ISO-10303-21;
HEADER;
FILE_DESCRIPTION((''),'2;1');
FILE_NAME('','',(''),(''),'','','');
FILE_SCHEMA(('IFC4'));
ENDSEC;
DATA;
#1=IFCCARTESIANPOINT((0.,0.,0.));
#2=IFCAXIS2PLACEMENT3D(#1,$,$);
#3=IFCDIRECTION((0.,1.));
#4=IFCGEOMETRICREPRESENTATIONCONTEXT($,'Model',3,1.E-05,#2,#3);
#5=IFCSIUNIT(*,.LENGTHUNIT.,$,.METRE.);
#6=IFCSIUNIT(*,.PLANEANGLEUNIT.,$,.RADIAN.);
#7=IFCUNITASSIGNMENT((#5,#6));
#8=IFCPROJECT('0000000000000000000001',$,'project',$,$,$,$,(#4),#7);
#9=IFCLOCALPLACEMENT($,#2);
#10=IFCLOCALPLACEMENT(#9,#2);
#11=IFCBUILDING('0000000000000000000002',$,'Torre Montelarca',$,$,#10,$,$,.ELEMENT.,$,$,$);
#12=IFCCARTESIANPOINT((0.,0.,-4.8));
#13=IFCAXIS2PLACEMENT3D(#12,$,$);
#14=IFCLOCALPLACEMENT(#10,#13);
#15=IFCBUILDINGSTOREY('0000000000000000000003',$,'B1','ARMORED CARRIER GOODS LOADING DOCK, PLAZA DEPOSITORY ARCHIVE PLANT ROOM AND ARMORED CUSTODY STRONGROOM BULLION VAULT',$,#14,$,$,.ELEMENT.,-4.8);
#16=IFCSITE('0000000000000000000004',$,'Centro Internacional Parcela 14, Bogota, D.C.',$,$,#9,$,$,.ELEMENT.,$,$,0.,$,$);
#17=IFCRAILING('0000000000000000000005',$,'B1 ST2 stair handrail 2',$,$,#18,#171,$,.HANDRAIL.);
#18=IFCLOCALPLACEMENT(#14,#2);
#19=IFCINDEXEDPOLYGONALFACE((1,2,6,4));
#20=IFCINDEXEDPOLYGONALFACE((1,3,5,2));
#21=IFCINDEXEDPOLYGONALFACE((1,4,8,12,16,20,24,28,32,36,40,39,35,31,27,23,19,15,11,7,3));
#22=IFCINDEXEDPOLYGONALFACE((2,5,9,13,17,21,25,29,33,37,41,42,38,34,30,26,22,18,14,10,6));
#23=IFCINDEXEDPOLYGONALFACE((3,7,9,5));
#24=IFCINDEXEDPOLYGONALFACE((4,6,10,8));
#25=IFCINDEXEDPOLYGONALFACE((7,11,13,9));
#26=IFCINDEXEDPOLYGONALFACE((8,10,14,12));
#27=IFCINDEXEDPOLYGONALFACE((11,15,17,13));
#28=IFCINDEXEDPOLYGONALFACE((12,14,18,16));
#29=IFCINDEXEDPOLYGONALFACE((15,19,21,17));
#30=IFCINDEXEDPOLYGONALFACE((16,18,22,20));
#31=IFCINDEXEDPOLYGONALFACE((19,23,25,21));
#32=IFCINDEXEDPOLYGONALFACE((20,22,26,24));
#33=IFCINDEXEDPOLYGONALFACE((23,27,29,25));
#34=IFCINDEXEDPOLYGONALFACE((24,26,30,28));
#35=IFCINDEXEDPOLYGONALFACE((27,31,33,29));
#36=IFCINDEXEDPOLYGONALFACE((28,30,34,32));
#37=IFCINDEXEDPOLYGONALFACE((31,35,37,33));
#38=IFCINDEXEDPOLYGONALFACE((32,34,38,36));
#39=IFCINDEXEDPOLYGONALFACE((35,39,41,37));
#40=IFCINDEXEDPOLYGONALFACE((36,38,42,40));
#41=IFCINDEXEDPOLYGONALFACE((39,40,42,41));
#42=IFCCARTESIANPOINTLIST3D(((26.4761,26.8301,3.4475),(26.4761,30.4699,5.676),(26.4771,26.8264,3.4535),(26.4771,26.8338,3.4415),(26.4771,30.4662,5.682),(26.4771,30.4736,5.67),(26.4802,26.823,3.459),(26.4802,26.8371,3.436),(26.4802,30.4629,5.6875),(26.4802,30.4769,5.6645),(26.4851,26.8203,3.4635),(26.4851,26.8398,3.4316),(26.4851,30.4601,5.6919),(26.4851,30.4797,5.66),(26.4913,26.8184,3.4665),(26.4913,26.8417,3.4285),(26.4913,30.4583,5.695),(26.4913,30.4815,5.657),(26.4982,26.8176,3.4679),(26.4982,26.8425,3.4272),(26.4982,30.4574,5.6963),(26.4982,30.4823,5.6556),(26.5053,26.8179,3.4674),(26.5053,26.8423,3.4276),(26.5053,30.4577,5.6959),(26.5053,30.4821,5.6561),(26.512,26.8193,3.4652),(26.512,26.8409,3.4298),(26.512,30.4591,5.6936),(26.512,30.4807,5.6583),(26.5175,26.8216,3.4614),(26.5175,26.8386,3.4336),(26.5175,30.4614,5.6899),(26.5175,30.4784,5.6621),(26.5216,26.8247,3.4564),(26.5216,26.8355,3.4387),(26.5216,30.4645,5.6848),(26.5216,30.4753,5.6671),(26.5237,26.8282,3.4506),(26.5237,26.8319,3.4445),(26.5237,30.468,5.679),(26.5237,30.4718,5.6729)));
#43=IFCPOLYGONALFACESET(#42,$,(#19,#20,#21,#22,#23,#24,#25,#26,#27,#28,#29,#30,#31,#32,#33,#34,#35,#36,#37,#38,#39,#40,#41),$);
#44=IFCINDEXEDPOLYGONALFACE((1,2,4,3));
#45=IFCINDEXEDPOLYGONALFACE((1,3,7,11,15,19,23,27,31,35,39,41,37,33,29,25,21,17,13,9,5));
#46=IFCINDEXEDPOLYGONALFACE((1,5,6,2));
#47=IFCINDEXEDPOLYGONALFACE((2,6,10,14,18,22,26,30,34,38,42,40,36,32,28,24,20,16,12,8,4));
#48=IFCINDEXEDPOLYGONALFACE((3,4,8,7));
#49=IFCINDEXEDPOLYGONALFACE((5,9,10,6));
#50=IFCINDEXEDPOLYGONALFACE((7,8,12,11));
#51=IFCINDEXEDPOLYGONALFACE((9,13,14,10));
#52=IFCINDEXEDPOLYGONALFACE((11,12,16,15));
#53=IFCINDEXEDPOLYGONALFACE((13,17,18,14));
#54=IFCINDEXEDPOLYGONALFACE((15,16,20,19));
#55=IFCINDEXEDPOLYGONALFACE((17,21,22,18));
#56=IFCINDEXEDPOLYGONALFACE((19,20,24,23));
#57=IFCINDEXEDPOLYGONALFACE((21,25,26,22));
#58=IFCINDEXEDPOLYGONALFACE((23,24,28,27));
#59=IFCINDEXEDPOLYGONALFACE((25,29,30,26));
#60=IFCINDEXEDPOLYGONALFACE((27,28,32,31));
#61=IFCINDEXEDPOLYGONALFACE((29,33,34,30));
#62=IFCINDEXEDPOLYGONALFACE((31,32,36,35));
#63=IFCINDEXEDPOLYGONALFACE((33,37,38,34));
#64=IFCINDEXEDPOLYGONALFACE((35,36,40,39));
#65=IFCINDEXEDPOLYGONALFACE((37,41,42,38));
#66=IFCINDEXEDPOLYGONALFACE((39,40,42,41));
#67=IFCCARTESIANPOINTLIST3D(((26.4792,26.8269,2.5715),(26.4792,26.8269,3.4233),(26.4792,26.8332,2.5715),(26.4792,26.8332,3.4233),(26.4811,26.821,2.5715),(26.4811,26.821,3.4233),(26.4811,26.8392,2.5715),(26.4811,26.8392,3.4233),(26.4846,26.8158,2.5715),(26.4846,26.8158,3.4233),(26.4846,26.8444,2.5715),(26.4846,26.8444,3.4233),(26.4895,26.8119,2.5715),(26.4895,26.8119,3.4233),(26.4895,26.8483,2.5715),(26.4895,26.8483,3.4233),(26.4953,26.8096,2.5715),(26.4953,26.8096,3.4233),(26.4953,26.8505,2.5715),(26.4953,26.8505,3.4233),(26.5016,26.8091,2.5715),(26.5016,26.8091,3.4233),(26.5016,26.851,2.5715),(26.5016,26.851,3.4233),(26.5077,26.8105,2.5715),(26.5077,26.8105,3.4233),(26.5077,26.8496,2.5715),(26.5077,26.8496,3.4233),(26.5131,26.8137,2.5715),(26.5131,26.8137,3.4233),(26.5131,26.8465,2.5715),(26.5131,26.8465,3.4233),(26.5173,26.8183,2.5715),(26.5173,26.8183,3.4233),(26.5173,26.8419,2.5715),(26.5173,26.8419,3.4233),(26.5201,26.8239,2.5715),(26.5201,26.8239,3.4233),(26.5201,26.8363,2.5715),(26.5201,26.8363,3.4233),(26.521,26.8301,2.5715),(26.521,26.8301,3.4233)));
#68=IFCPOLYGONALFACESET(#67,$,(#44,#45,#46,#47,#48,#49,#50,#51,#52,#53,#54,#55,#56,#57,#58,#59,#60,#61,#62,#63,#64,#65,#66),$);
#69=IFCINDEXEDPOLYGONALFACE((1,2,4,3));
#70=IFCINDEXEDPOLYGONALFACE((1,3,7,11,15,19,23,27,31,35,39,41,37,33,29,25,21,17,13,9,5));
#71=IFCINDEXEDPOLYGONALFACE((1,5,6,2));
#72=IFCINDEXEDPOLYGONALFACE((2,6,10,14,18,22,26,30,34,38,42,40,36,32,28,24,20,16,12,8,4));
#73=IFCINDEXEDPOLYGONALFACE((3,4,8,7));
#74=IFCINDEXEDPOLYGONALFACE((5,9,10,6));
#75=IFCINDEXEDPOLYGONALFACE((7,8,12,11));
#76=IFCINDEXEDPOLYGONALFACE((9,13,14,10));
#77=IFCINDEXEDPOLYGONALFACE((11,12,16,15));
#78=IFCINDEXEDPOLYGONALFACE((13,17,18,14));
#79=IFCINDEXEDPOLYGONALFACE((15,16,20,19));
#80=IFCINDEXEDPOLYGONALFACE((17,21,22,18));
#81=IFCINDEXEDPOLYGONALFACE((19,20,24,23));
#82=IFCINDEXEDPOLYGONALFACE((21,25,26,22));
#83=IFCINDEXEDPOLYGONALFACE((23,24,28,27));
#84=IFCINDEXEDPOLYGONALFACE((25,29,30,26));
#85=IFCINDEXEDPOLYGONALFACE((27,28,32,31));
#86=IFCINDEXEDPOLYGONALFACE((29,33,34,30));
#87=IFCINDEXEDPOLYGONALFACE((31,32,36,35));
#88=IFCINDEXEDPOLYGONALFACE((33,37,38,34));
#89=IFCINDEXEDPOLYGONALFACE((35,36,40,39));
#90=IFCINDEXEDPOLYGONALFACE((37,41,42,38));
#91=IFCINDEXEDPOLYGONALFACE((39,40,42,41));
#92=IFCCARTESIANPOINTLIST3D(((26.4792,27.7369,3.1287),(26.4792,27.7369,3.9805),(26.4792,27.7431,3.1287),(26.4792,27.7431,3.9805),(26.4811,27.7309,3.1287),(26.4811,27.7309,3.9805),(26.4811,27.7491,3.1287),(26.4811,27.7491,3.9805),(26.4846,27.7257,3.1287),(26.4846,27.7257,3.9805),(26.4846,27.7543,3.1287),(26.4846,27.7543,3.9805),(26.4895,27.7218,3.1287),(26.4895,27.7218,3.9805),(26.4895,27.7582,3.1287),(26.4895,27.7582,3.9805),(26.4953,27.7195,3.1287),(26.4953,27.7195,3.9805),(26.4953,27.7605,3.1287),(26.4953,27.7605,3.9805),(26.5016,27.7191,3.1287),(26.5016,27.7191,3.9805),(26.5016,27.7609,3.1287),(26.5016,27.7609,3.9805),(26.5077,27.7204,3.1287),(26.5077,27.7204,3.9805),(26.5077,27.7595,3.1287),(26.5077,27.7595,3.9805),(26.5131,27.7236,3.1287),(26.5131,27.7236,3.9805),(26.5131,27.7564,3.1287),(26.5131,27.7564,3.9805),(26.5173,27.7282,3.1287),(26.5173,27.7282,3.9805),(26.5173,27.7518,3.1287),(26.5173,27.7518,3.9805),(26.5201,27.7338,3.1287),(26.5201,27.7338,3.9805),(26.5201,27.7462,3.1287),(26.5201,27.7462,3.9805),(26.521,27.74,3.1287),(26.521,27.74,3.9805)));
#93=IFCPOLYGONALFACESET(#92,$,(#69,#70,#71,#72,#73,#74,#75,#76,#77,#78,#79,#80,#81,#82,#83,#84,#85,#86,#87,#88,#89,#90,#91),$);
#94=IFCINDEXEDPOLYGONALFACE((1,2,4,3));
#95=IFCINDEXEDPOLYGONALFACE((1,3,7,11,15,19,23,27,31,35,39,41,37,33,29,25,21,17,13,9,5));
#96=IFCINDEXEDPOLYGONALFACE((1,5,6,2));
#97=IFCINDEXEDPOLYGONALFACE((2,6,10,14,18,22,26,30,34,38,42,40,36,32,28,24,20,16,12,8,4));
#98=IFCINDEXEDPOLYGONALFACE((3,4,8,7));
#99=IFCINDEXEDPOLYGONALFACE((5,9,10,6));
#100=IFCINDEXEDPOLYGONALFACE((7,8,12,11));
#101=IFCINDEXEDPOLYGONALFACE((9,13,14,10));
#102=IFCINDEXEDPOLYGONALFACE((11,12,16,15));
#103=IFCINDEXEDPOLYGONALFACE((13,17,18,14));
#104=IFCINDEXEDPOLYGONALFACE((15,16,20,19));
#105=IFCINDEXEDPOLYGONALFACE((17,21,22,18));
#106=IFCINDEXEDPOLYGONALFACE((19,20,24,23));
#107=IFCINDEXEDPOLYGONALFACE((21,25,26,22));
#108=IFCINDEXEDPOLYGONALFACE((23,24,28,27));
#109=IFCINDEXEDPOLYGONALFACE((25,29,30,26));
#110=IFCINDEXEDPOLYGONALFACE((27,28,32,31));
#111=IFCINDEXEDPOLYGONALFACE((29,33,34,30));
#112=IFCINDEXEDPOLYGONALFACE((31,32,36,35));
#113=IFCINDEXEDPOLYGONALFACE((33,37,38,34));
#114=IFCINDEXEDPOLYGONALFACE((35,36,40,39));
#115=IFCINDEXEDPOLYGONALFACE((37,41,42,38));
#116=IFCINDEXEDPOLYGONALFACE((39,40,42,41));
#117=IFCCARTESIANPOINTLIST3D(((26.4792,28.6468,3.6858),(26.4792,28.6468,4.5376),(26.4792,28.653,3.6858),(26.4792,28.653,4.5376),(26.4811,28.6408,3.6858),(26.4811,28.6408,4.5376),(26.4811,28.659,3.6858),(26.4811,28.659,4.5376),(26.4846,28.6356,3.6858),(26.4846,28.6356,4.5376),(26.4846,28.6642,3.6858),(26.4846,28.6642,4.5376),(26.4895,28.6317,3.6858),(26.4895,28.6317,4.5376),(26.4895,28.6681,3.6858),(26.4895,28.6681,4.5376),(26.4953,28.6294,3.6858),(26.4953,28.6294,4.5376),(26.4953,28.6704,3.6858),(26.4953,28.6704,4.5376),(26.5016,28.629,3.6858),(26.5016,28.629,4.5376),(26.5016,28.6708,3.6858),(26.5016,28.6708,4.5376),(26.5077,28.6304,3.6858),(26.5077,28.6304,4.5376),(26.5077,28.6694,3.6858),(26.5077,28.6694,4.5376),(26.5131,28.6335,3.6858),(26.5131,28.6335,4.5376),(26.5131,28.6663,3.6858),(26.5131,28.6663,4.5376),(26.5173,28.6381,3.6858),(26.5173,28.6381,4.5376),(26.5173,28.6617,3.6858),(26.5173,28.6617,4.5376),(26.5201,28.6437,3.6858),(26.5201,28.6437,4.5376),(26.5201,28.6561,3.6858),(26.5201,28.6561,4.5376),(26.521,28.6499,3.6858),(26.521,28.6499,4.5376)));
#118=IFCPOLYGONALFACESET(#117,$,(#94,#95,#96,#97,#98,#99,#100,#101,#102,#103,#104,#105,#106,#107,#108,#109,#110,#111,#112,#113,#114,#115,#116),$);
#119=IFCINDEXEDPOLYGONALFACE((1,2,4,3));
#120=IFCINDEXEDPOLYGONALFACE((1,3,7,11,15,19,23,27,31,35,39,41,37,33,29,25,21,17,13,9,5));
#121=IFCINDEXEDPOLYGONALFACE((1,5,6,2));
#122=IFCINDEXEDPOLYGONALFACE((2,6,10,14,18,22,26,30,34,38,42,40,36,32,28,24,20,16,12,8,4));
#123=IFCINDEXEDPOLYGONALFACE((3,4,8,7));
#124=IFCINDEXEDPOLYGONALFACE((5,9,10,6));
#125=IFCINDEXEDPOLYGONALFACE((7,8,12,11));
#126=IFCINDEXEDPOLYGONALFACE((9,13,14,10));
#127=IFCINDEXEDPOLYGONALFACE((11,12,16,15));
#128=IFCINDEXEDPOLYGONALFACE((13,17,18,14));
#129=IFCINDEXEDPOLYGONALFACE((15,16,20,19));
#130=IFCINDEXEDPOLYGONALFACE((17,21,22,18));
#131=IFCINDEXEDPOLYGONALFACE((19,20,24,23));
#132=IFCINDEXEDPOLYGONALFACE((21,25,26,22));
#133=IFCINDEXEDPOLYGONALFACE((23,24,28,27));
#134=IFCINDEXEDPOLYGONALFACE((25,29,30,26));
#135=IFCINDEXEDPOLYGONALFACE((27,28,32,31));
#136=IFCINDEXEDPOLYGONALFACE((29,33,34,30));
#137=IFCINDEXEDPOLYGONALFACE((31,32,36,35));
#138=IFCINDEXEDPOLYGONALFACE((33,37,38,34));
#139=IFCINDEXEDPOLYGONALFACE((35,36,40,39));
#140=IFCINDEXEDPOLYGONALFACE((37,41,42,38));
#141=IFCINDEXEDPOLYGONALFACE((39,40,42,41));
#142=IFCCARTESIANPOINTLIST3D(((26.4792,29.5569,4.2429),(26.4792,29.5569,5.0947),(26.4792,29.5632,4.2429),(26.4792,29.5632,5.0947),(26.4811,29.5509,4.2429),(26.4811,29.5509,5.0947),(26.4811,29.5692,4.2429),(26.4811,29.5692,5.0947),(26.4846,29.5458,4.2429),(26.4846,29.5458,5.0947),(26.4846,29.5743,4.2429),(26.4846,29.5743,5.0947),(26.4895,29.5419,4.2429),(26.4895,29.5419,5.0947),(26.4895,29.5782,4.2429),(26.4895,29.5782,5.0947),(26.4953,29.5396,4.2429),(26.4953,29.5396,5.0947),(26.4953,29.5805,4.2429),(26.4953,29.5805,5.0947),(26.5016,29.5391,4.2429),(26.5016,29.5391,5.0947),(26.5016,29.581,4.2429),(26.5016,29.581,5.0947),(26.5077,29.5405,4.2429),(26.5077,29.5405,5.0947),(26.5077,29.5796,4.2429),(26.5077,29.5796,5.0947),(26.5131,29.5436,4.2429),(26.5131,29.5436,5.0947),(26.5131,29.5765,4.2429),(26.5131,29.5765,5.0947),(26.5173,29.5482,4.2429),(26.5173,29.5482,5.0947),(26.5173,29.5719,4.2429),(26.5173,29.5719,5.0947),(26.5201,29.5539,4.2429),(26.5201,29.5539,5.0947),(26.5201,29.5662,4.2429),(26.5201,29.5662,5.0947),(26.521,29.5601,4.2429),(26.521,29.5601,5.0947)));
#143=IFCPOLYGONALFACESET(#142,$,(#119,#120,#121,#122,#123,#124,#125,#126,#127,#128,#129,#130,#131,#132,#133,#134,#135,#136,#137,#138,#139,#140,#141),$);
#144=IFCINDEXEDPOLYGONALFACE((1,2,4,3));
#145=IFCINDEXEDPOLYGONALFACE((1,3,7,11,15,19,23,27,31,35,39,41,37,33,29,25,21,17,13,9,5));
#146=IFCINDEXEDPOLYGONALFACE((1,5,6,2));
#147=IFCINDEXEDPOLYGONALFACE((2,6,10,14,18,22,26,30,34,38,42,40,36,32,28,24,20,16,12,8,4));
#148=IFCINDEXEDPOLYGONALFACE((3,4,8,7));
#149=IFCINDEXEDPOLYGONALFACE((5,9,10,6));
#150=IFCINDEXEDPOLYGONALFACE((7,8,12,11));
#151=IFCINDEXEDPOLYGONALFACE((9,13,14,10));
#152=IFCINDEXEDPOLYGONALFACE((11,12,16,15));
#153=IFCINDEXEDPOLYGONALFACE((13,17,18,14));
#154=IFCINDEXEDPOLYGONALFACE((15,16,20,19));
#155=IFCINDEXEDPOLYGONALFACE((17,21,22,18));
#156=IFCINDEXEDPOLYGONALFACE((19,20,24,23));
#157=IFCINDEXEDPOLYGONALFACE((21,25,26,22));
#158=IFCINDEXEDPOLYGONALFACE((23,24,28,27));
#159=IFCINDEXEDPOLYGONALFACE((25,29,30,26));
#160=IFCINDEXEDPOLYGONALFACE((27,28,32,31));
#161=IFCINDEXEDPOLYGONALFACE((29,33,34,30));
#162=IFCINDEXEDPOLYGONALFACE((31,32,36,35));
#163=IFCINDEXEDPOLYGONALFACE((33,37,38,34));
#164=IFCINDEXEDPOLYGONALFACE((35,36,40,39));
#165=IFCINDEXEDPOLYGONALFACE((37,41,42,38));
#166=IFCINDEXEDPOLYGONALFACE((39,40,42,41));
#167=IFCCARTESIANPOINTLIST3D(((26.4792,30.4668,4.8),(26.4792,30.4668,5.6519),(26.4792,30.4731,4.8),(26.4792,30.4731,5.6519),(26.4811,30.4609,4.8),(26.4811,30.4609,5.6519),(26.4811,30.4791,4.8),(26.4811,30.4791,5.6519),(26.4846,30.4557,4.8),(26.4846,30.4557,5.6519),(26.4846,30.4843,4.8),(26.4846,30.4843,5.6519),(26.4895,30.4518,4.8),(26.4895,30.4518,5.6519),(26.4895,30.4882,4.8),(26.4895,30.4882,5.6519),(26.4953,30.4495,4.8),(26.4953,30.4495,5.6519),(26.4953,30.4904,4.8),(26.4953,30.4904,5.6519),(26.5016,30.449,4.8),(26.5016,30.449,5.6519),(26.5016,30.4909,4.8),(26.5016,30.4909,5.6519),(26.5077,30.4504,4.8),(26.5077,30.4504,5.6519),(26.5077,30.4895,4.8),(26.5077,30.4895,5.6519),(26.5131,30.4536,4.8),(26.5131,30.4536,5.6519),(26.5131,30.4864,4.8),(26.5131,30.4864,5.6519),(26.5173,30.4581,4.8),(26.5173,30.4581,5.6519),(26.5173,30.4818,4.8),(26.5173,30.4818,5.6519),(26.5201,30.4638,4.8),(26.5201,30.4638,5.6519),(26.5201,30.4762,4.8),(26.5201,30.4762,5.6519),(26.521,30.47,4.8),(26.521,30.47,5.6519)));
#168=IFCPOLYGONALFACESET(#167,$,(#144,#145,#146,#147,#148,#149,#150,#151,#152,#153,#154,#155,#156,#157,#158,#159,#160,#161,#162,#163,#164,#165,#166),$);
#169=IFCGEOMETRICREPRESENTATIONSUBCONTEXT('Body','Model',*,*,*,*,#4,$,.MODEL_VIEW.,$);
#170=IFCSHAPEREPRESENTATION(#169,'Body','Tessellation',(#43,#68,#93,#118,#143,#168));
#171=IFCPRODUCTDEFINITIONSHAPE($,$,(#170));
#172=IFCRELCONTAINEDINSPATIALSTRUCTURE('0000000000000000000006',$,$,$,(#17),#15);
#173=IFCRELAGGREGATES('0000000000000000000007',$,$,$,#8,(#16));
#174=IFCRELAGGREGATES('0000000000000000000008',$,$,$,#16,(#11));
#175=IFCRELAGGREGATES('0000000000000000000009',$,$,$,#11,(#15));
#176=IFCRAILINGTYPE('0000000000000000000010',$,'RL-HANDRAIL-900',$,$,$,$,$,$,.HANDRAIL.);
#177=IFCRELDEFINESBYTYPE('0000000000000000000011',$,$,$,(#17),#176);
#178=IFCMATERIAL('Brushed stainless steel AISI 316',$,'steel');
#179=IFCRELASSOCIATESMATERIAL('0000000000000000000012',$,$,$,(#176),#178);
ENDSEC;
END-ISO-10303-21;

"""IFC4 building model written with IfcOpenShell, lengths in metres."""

from ifc_helpers import new_model, si_unit, direction, frame, origin, origin_2d, place, context, subcontext, project, spatial, circle, extrude, material, type_object, element, save


model = new_model("IFC4")

# Units and contexts
model_context = context("Model", 3, precision=1e-05, world=origin(), true_north=direction((0.0, 1.0)))
body_context = subcontext(model_context, "Body", "Model", "MODEL_VIEW")
ifc_project = project(units=[si_unit("LENGTHUNIT", "METRE"), si_unit("PLANEANGLEUNIT", "RADIAN")], contexts=[model_context])

# Site, building, storey
site_placement = place(None, origin())
site = spatial("IfcSite", under=ifc_project, at=site_placement, Name="Centro Internacional Parcela 14, Bogota, D.C.", CompositionType="ELEMENT", RefElevation=0.0)
building_placement = place(site_placement, origin())
building = spatial("IfcBuilding", under=site, at=building_placement, Name="Torre Montelarca", CompositionType="ELEMENT")
storey_placement = place(building_placement, frame((0.0, 0.0, -4.8)))
storey = spatial("IfcBuildingStorey", under=building, at=storey_placement, Name="B1", Description="ARMORED CARRIER GOODS LOADING DOCK, PLAZA DEPOSITORY ARCHIVE PLANT ROOM AND ARMORED CUSTODY STRONGROOM BULLION VAULT", CompositionType="ELEMENT", Elevation=-4.8)

# Railing
ifc_material_1 = material(Name="Brushed stainless steel AISI 316", Category="steel")
railing_type_1 = type_object("IfcRailingType", Name="RL-HANDRAIL-900", PredefinedType="HANDRAIL", material=ifc_material_1)
railing_1_placement = place(storey_placement, frame((26.5, 26.8301, 2.5715)))
element("IfcRailing", 1, at=railing_1_placement, inside=storey, type_object=railing_type_1, Name="B1 ST2 stair handrail 2", PredefinedType="HANDRAIL", context=body_context, shape_type="SweptSolid", body=[
    extrude(circle(Radius=0.0239, at=origin_2d()), frame((0.0, 0.0, 0.876), z_axis=(0.0, 0.85285, 0.522156), x_axis=(-1.0, 0.0, 0.0)), (0.0, 0.0, 1.0), 4.2678),
    extrude(circle(Radius=0.021, at=origin_2d()), origin(), (0.0, 0.0, 1.0), 0.8518),
    extrude(circle(Radius=0.021, at=origin_2d()), frame((0.0, 0.9099, 0.5571)), (0.0, 0.0, 1.0), 0.8518),
    extrude(circle(Radius=0.021, at=origin_2d()), frame((0.0, 1.8198, 1.1143)), (0.0, 0.0, 1.0), 0.8518),
    extrude(circle(Radius=0.021, at=origin_2d()), frame((0.0, 2.73, 1.6714)), (0.0, 0.0, 1.0), 0.8518),
    extrude(circle(Radius=0.021, at=origin_2d()), frame((0.0, 3.6399, 2.2285)), (0.0, 0.0, 1.0), 0.8518),
])

save(model, "model.ifc")
